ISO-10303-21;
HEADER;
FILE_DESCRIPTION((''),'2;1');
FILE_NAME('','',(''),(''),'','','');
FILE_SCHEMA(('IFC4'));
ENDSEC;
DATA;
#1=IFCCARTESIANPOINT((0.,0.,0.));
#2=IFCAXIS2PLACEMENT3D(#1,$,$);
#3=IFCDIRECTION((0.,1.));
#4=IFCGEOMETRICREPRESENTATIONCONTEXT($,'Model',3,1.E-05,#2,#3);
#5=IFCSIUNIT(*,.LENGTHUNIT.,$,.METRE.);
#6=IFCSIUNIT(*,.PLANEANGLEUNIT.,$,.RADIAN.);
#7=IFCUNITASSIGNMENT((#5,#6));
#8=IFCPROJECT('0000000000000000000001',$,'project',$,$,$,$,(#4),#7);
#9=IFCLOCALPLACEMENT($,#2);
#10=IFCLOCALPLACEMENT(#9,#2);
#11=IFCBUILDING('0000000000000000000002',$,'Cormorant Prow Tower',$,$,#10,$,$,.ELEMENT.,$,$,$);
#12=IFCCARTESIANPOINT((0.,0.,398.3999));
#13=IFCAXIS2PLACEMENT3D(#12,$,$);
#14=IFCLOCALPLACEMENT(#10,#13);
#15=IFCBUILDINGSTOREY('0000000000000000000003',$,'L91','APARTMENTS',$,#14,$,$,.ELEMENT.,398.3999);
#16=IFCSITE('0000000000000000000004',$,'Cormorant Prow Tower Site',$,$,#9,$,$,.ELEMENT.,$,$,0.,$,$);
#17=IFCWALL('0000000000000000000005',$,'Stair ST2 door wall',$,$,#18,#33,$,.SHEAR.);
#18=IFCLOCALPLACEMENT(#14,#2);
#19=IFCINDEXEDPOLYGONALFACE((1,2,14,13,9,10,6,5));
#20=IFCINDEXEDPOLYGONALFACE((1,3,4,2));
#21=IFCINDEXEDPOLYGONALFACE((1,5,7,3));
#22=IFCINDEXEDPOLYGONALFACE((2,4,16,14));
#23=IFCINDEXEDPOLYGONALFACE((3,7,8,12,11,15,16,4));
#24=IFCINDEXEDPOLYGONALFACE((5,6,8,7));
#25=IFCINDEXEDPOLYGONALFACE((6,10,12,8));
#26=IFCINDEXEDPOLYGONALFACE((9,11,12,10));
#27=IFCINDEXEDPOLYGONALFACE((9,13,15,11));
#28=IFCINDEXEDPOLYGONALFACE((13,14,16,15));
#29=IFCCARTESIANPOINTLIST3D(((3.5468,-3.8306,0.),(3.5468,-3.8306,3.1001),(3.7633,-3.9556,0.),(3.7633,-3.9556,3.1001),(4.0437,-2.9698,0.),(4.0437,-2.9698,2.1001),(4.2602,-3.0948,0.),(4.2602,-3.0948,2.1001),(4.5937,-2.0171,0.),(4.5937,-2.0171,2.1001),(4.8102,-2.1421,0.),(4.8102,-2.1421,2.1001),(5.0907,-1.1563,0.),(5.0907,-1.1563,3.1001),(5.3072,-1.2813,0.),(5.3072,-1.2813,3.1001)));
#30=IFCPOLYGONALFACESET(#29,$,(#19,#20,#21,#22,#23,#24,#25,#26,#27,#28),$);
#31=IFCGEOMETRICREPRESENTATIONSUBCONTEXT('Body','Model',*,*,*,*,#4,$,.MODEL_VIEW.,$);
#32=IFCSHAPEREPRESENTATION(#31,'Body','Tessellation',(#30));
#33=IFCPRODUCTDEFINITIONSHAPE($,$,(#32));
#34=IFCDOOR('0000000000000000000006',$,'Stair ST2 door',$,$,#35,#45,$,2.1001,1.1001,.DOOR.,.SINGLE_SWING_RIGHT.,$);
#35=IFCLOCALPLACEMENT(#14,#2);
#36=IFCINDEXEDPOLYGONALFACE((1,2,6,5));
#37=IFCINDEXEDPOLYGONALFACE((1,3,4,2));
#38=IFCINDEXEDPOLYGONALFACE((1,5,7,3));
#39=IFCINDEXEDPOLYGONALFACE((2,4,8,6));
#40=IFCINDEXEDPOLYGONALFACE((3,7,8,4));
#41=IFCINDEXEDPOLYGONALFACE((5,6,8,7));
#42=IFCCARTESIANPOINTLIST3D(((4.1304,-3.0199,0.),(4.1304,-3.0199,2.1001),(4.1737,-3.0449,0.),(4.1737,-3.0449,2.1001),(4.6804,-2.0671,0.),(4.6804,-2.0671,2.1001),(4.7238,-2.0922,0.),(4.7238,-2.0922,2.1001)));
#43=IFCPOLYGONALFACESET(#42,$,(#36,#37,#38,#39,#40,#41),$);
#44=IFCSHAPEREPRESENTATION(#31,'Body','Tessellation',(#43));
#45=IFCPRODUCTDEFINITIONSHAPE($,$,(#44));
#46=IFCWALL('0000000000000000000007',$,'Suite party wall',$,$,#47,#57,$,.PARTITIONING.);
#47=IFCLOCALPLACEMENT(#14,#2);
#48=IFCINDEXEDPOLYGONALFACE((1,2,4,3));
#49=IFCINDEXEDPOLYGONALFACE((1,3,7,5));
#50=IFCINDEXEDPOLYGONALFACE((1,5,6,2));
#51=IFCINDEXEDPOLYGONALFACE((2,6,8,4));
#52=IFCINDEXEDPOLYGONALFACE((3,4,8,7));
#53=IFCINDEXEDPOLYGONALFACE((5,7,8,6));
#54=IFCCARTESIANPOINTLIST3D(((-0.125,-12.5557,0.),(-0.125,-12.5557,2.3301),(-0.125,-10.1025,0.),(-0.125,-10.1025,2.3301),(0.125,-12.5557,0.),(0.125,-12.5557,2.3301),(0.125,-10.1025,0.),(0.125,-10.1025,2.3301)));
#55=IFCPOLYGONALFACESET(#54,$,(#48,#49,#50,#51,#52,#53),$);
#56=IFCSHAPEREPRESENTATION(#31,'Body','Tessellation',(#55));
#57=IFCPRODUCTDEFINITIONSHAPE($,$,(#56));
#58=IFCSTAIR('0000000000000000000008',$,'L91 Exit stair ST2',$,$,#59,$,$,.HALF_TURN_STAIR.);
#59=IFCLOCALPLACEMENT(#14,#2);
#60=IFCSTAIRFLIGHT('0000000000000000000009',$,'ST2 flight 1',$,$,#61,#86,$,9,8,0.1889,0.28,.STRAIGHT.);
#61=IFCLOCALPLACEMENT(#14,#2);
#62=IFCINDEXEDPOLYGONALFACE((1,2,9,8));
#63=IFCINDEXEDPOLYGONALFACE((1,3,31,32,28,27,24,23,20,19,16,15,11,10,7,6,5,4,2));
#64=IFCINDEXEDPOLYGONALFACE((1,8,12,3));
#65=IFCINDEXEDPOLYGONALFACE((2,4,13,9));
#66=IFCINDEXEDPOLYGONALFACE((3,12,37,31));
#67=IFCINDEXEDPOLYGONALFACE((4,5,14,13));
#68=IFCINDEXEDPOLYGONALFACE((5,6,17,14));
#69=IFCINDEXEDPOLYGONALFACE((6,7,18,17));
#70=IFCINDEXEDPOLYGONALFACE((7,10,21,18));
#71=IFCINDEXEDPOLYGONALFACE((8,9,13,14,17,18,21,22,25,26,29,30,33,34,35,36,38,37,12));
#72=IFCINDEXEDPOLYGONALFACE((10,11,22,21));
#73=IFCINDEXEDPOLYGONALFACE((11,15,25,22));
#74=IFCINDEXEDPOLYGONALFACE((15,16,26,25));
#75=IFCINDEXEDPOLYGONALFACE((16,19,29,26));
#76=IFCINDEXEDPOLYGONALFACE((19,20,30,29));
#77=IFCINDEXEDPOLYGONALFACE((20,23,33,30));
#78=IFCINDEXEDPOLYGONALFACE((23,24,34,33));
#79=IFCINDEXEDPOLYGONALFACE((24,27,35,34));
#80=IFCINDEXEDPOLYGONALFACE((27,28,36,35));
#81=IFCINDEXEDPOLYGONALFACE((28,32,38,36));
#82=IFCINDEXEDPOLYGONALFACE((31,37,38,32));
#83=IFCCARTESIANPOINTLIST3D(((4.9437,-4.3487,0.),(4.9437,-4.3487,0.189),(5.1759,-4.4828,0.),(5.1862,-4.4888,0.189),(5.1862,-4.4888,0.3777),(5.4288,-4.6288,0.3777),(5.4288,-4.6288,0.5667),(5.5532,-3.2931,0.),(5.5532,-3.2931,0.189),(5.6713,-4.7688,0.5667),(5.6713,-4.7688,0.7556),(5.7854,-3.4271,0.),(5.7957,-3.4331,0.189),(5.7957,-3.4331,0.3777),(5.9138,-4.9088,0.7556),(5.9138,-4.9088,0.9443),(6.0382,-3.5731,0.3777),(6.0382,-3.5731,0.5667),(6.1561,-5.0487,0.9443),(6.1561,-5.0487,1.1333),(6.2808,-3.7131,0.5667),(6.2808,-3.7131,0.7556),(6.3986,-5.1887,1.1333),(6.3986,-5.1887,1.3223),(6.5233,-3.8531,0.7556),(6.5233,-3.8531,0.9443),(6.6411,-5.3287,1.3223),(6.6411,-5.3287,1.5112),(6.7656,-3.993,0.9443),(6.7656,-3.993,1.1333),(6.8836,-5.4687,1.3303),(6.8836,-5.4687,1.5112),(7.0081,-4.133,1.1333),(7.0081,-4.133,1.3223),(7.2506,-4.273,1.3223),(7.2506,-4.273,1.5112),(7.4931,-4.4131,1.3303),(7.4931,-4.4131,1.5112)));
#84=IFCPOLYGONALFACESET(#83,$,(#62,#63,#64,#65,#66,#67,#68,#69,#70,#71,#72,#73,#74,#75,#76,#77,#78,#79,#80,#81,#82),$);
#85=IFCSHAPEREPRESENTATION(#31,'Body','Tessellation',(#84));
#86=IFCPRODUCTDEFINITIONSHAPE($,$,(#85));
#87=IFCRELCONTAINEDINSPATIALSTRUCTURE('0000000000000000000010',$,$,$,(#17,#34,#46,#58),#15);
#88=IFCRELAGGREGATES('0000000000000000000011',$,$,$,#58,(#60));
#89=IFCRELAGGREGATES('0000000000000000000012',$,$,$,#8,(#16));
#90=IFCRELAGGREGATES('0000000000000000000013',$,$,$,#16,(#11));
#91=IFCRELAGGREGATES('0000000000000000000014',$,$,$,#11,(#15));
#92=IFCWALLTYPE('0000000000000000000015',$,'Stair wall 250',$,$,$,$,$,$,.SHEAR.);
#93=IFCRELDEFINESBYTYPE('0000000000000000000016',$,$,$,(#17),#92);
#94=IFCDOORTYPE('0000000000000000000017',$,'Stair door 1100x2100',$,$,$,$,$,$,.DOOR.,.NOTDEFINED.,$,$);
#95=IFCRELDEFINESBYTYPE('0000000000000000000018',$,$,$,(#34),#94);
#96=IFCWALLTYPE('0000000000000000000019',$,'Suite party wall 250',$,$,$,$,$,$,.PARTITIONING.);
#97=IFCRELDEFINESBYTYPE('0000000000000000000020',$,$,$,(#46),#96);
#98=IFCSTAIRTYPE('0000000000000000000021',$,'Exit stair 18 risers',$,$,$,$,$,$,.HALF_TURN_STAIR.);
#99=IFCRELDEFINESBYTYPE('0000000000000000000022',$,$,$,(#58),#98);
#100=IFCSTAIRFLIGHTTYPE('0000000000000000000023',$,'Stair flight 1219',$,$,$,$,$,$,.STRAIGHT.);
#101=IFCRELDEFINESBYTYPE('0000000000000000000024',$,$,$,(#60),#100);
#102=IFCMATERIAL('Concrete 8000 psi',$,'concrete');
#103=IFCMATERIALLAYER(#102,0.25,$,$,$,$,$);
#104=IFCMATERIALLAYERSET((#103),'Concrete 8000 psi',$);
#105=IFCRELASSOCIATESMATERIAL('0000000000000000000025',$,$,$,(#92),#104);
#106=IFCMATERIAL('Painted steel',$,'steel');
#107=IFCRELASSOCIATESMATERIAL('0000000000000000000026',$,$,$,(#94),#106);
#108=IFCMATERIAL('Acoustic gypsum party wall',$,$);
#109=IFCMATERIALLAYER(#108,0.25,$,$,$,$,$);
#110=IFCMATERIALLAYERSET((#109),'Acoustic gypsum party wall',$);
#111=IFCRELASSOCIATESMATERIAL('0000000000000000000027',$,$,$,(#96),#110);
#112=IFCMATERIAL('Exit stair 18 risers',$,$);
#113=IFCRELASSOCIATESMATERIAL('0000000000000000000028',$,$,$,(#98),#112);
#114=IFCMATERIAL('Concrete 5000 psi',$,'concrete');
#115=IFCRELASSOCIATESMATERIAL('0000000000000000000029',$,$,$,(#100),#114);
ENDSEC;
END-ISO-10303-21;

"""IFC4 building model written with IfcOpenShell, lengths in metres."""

from ifc_helpers import new_model, si_unit, direction, frame, frame_2d, origin, place, context, subcontext, project, spatial, polyline, rectangle, outline, extrude, material, layer, layer_set, type_object, element, fill, aggregate, save


model = new_model("IFC4")

# Units and contexts
model_context = context("Model", 3, precision=1e-05, world=origin(), true_north=direction((0.0, 1.0)))
body_context = subcontext(model_context, "Body", "Model", "MODEL_VIEW")
ifc_project = project(units=[si_unit("LENGTHUNIT", "METRE"), si_unit("PLANEANGLEUNIT", "RADIAN")], contexts=[model_context])

# Site, building, storey
site_placement = place(None, origin())
site = spatial("IfcSite", under=ifc_project, at=site_placement, Name="Cormorant Prow Tower Site", CompositionType="ELEMENT", RefElevation=0.0)
building_placement = place(site_placement, origin())
building = spatial("IfcBuilding", under=site, at=building_placement, Name="Cormorant Prow Tower", CompositionType="ELEMENT")
storey_placement = place(building_placement, frame((0.0, 0.0, 398.3999)))
storey = spatial("IfcBuildingStorey", under=building, at=storey_placement, Name="L91", Description="APARTMENTS", CompositionType="ELEMENT", Elevation=398.3999)

# Wall, opening, door
ifc_material_1 = material(Name="Concrete 8000 psi", Category="concrete")
ifc_layer_1 = layer(ifc_material_1, 0.25)
ifc_layer_set_1 = layer_set([ifc_layer_1], Name="Concrete 8000 psi")
wall_type_1 = type_object("IfcWallType", Name="Stair wall 250", PredefinedType="SHEAR", material=ifc_layer_set_1)
wall_1_placement = place(storey_placement, frame((3.655, -3.8931, 0.0), z_axis=(0.0, 0.0, 1.0), x_axis=(0.499983, 0.866035, 0.0)))
wall_1 = element("IfcWall", 1, at=wall_1_placement, inside=storey, type_object=wall_type_1, Name="Stair ST2 door wall", PredefinedType="SHEAR", context=body_context, shape_type="SweptSolid", body=[
    extrude(rectangle(XDim=3.0879, YDim=0.25, at=frame_2d((1.5439, 0.0))), origin(), (0.0, 0.0, 1.0), 3.1001),
])
opening_1_placement = place(wall_1_placement, frame((0.9939, 0.0, 0.0)))
opening_1 = element("IfcOpeningElement", 2, at=opening_1_placement, cuts=wall_1, PredefinedType="OPENING", context=body_context, shape_type="SweptSolid", body=[
    extrude(rectangle(XDim=1.1001, YDim=2.1001, at=frame_2d((0.55, 1.05))), frame((0.0, 0.135, 0.0), z_axis=(0.0, -1.0, 0.0), x_axis=(1.0, 0.0, 0.0)), (0.0, 0.0, 1.0), 0.27),
])
ifc_material_2 = material(Name="Painted steel", Category="steel")
door_type_1 = type_object("IfcDoorType", Name="Stair door 1100x2100", OperationType="NOTDEFINED", PredefinedType="DOOR", material=ifc_material_2)
door_1_placement = place(opening_1_placement, origin())
door_1 = element("IfcDoor", 3, at=door_1_placement, inside=storey, type_object=door_type_1, Name="Stair ST2 door", OperationType="SINGLE_SWING_RIGHT", OverallHeight=2.1001, OverallWidth=1.1001, PredefinedType="DOOR", context=body_context, shape_type="SweptSolid", body=[
    extrude(rectangle(XDim=1.1001, YDim=2.1001, at=frame_2d((0.55, 1.05))), frame((0.0, 0.0249, 0.0), z_axis=(0.0, -1.0, 0.0), x_axis=(1.0, 0.0, 0.0)), (0.0, 0.0, 1.0), 0.05),
])
fill(opening_1, door_1)

# Wall
ifc_material_3 = material(Name="Acoustic gypsum party wall")
ifc_layer_2 = layer(ifc_material_3, 0.25)
ifc_layer_set_2 = layer_set([ifc_layer_2], Name="Acoustic gypsum party wall")
wall_type_2 = type_object("IfcWallType", Name="Suite party wall 250", PredefinedType="PARTITIONING", material=ifc_layer_set_2)
wall_2_placement = place(storey_placement, frame((0.0, -12.5557, 0.0), z_axis=(0.0, 0.0, 1.0), x_axis=(0.0, 1.0, 0.0)))
element("IfcWall", 4, at=wall_2_placement, inside=storey, type_object=wall_type_2, Name="Suite party wall", PredefinedType="PARTITIONING", context=body_context, shape_type="SweptSolid", body=[
    extrude(rectangle(XDim=2.4531, YDim=0.25, at=frame_2d((1.2266, 0.0))), origin(), (0.0, 0.0, 1.0), 2.3301),
])

# Stair, stair flight
ifc_material_4 = material(Name="Exit stair 18 risers")
stair_type = type_object("IfcStairType", Name="Exit stair 18 risers", PredefinedType="HALF_TURN_STAIR", material=ifc_material_4)
stair_placement = place(storey_placement, origin())
stair = element("IfcStair", 5, at=stair_placement, inside=storey, type_object=stair_type, Name="L91 Exit stair ST2", PredefinedType="HALF_TURN_STAIR")
ifc_material_5 = material(Name="Concrete 5000 psi", Category="concrete")
stair_flight_type = type_object("IfcStairFlightType", Name="Stair flight 1219", PredefinedType="STRAIGHT", material=ifc_material_5)
stair_flight_placement = place(storey_placement, frame((5.2485, -3.8208, 0.0), z_axis=(0.0, 0.0, 1.0), x_axis=(0.866025, -0.5, 0.0)))
stair_flight = element("IfcStairFlight", 6, at=stair_flight_placement, type_object=stair_flight_type, Name="ST2 flight 1", NumberOfRisers=9, NumberOfTreads=8, PredefinedType="STRAIGHT", RiserHeight=0.1889, TreadLength=0.28, context=body_context, shape_type="SweptSolid", body=[
    extrude(outline(polyline([(0.0, 0.0), (0.0, 0.189), (0.28, 0.189), (0.28, 0.3777), (0.5601, 0.3777), (0.5601, 0.5667), (0.8401, 0.5667), (0.8401, 0.7556), (1.1201, 0.7556), (1.1201, 0.9443), (1.3999, 0.9443), (1.3999, 1.1333), (1.6799, 1.1333), (1.6799, 1.3223), (1.96, 1.3223), (1.96, 1.5112), (2.24, 1.5112), (2.24, 1.7), (2.24, 1.3303), (0.2681, 0.0), (0.0, 0.0)])), frame((0.0, 0.6094, 0.0), z_axis=(0.0, -1.0, 0.0), x_axis=(1.0, 0.0, 0.0)), (0.0, 0.0, 1.0), 1.219),
])
aggregate(stair, [stair_flight])

save(model, "model.ifc")
